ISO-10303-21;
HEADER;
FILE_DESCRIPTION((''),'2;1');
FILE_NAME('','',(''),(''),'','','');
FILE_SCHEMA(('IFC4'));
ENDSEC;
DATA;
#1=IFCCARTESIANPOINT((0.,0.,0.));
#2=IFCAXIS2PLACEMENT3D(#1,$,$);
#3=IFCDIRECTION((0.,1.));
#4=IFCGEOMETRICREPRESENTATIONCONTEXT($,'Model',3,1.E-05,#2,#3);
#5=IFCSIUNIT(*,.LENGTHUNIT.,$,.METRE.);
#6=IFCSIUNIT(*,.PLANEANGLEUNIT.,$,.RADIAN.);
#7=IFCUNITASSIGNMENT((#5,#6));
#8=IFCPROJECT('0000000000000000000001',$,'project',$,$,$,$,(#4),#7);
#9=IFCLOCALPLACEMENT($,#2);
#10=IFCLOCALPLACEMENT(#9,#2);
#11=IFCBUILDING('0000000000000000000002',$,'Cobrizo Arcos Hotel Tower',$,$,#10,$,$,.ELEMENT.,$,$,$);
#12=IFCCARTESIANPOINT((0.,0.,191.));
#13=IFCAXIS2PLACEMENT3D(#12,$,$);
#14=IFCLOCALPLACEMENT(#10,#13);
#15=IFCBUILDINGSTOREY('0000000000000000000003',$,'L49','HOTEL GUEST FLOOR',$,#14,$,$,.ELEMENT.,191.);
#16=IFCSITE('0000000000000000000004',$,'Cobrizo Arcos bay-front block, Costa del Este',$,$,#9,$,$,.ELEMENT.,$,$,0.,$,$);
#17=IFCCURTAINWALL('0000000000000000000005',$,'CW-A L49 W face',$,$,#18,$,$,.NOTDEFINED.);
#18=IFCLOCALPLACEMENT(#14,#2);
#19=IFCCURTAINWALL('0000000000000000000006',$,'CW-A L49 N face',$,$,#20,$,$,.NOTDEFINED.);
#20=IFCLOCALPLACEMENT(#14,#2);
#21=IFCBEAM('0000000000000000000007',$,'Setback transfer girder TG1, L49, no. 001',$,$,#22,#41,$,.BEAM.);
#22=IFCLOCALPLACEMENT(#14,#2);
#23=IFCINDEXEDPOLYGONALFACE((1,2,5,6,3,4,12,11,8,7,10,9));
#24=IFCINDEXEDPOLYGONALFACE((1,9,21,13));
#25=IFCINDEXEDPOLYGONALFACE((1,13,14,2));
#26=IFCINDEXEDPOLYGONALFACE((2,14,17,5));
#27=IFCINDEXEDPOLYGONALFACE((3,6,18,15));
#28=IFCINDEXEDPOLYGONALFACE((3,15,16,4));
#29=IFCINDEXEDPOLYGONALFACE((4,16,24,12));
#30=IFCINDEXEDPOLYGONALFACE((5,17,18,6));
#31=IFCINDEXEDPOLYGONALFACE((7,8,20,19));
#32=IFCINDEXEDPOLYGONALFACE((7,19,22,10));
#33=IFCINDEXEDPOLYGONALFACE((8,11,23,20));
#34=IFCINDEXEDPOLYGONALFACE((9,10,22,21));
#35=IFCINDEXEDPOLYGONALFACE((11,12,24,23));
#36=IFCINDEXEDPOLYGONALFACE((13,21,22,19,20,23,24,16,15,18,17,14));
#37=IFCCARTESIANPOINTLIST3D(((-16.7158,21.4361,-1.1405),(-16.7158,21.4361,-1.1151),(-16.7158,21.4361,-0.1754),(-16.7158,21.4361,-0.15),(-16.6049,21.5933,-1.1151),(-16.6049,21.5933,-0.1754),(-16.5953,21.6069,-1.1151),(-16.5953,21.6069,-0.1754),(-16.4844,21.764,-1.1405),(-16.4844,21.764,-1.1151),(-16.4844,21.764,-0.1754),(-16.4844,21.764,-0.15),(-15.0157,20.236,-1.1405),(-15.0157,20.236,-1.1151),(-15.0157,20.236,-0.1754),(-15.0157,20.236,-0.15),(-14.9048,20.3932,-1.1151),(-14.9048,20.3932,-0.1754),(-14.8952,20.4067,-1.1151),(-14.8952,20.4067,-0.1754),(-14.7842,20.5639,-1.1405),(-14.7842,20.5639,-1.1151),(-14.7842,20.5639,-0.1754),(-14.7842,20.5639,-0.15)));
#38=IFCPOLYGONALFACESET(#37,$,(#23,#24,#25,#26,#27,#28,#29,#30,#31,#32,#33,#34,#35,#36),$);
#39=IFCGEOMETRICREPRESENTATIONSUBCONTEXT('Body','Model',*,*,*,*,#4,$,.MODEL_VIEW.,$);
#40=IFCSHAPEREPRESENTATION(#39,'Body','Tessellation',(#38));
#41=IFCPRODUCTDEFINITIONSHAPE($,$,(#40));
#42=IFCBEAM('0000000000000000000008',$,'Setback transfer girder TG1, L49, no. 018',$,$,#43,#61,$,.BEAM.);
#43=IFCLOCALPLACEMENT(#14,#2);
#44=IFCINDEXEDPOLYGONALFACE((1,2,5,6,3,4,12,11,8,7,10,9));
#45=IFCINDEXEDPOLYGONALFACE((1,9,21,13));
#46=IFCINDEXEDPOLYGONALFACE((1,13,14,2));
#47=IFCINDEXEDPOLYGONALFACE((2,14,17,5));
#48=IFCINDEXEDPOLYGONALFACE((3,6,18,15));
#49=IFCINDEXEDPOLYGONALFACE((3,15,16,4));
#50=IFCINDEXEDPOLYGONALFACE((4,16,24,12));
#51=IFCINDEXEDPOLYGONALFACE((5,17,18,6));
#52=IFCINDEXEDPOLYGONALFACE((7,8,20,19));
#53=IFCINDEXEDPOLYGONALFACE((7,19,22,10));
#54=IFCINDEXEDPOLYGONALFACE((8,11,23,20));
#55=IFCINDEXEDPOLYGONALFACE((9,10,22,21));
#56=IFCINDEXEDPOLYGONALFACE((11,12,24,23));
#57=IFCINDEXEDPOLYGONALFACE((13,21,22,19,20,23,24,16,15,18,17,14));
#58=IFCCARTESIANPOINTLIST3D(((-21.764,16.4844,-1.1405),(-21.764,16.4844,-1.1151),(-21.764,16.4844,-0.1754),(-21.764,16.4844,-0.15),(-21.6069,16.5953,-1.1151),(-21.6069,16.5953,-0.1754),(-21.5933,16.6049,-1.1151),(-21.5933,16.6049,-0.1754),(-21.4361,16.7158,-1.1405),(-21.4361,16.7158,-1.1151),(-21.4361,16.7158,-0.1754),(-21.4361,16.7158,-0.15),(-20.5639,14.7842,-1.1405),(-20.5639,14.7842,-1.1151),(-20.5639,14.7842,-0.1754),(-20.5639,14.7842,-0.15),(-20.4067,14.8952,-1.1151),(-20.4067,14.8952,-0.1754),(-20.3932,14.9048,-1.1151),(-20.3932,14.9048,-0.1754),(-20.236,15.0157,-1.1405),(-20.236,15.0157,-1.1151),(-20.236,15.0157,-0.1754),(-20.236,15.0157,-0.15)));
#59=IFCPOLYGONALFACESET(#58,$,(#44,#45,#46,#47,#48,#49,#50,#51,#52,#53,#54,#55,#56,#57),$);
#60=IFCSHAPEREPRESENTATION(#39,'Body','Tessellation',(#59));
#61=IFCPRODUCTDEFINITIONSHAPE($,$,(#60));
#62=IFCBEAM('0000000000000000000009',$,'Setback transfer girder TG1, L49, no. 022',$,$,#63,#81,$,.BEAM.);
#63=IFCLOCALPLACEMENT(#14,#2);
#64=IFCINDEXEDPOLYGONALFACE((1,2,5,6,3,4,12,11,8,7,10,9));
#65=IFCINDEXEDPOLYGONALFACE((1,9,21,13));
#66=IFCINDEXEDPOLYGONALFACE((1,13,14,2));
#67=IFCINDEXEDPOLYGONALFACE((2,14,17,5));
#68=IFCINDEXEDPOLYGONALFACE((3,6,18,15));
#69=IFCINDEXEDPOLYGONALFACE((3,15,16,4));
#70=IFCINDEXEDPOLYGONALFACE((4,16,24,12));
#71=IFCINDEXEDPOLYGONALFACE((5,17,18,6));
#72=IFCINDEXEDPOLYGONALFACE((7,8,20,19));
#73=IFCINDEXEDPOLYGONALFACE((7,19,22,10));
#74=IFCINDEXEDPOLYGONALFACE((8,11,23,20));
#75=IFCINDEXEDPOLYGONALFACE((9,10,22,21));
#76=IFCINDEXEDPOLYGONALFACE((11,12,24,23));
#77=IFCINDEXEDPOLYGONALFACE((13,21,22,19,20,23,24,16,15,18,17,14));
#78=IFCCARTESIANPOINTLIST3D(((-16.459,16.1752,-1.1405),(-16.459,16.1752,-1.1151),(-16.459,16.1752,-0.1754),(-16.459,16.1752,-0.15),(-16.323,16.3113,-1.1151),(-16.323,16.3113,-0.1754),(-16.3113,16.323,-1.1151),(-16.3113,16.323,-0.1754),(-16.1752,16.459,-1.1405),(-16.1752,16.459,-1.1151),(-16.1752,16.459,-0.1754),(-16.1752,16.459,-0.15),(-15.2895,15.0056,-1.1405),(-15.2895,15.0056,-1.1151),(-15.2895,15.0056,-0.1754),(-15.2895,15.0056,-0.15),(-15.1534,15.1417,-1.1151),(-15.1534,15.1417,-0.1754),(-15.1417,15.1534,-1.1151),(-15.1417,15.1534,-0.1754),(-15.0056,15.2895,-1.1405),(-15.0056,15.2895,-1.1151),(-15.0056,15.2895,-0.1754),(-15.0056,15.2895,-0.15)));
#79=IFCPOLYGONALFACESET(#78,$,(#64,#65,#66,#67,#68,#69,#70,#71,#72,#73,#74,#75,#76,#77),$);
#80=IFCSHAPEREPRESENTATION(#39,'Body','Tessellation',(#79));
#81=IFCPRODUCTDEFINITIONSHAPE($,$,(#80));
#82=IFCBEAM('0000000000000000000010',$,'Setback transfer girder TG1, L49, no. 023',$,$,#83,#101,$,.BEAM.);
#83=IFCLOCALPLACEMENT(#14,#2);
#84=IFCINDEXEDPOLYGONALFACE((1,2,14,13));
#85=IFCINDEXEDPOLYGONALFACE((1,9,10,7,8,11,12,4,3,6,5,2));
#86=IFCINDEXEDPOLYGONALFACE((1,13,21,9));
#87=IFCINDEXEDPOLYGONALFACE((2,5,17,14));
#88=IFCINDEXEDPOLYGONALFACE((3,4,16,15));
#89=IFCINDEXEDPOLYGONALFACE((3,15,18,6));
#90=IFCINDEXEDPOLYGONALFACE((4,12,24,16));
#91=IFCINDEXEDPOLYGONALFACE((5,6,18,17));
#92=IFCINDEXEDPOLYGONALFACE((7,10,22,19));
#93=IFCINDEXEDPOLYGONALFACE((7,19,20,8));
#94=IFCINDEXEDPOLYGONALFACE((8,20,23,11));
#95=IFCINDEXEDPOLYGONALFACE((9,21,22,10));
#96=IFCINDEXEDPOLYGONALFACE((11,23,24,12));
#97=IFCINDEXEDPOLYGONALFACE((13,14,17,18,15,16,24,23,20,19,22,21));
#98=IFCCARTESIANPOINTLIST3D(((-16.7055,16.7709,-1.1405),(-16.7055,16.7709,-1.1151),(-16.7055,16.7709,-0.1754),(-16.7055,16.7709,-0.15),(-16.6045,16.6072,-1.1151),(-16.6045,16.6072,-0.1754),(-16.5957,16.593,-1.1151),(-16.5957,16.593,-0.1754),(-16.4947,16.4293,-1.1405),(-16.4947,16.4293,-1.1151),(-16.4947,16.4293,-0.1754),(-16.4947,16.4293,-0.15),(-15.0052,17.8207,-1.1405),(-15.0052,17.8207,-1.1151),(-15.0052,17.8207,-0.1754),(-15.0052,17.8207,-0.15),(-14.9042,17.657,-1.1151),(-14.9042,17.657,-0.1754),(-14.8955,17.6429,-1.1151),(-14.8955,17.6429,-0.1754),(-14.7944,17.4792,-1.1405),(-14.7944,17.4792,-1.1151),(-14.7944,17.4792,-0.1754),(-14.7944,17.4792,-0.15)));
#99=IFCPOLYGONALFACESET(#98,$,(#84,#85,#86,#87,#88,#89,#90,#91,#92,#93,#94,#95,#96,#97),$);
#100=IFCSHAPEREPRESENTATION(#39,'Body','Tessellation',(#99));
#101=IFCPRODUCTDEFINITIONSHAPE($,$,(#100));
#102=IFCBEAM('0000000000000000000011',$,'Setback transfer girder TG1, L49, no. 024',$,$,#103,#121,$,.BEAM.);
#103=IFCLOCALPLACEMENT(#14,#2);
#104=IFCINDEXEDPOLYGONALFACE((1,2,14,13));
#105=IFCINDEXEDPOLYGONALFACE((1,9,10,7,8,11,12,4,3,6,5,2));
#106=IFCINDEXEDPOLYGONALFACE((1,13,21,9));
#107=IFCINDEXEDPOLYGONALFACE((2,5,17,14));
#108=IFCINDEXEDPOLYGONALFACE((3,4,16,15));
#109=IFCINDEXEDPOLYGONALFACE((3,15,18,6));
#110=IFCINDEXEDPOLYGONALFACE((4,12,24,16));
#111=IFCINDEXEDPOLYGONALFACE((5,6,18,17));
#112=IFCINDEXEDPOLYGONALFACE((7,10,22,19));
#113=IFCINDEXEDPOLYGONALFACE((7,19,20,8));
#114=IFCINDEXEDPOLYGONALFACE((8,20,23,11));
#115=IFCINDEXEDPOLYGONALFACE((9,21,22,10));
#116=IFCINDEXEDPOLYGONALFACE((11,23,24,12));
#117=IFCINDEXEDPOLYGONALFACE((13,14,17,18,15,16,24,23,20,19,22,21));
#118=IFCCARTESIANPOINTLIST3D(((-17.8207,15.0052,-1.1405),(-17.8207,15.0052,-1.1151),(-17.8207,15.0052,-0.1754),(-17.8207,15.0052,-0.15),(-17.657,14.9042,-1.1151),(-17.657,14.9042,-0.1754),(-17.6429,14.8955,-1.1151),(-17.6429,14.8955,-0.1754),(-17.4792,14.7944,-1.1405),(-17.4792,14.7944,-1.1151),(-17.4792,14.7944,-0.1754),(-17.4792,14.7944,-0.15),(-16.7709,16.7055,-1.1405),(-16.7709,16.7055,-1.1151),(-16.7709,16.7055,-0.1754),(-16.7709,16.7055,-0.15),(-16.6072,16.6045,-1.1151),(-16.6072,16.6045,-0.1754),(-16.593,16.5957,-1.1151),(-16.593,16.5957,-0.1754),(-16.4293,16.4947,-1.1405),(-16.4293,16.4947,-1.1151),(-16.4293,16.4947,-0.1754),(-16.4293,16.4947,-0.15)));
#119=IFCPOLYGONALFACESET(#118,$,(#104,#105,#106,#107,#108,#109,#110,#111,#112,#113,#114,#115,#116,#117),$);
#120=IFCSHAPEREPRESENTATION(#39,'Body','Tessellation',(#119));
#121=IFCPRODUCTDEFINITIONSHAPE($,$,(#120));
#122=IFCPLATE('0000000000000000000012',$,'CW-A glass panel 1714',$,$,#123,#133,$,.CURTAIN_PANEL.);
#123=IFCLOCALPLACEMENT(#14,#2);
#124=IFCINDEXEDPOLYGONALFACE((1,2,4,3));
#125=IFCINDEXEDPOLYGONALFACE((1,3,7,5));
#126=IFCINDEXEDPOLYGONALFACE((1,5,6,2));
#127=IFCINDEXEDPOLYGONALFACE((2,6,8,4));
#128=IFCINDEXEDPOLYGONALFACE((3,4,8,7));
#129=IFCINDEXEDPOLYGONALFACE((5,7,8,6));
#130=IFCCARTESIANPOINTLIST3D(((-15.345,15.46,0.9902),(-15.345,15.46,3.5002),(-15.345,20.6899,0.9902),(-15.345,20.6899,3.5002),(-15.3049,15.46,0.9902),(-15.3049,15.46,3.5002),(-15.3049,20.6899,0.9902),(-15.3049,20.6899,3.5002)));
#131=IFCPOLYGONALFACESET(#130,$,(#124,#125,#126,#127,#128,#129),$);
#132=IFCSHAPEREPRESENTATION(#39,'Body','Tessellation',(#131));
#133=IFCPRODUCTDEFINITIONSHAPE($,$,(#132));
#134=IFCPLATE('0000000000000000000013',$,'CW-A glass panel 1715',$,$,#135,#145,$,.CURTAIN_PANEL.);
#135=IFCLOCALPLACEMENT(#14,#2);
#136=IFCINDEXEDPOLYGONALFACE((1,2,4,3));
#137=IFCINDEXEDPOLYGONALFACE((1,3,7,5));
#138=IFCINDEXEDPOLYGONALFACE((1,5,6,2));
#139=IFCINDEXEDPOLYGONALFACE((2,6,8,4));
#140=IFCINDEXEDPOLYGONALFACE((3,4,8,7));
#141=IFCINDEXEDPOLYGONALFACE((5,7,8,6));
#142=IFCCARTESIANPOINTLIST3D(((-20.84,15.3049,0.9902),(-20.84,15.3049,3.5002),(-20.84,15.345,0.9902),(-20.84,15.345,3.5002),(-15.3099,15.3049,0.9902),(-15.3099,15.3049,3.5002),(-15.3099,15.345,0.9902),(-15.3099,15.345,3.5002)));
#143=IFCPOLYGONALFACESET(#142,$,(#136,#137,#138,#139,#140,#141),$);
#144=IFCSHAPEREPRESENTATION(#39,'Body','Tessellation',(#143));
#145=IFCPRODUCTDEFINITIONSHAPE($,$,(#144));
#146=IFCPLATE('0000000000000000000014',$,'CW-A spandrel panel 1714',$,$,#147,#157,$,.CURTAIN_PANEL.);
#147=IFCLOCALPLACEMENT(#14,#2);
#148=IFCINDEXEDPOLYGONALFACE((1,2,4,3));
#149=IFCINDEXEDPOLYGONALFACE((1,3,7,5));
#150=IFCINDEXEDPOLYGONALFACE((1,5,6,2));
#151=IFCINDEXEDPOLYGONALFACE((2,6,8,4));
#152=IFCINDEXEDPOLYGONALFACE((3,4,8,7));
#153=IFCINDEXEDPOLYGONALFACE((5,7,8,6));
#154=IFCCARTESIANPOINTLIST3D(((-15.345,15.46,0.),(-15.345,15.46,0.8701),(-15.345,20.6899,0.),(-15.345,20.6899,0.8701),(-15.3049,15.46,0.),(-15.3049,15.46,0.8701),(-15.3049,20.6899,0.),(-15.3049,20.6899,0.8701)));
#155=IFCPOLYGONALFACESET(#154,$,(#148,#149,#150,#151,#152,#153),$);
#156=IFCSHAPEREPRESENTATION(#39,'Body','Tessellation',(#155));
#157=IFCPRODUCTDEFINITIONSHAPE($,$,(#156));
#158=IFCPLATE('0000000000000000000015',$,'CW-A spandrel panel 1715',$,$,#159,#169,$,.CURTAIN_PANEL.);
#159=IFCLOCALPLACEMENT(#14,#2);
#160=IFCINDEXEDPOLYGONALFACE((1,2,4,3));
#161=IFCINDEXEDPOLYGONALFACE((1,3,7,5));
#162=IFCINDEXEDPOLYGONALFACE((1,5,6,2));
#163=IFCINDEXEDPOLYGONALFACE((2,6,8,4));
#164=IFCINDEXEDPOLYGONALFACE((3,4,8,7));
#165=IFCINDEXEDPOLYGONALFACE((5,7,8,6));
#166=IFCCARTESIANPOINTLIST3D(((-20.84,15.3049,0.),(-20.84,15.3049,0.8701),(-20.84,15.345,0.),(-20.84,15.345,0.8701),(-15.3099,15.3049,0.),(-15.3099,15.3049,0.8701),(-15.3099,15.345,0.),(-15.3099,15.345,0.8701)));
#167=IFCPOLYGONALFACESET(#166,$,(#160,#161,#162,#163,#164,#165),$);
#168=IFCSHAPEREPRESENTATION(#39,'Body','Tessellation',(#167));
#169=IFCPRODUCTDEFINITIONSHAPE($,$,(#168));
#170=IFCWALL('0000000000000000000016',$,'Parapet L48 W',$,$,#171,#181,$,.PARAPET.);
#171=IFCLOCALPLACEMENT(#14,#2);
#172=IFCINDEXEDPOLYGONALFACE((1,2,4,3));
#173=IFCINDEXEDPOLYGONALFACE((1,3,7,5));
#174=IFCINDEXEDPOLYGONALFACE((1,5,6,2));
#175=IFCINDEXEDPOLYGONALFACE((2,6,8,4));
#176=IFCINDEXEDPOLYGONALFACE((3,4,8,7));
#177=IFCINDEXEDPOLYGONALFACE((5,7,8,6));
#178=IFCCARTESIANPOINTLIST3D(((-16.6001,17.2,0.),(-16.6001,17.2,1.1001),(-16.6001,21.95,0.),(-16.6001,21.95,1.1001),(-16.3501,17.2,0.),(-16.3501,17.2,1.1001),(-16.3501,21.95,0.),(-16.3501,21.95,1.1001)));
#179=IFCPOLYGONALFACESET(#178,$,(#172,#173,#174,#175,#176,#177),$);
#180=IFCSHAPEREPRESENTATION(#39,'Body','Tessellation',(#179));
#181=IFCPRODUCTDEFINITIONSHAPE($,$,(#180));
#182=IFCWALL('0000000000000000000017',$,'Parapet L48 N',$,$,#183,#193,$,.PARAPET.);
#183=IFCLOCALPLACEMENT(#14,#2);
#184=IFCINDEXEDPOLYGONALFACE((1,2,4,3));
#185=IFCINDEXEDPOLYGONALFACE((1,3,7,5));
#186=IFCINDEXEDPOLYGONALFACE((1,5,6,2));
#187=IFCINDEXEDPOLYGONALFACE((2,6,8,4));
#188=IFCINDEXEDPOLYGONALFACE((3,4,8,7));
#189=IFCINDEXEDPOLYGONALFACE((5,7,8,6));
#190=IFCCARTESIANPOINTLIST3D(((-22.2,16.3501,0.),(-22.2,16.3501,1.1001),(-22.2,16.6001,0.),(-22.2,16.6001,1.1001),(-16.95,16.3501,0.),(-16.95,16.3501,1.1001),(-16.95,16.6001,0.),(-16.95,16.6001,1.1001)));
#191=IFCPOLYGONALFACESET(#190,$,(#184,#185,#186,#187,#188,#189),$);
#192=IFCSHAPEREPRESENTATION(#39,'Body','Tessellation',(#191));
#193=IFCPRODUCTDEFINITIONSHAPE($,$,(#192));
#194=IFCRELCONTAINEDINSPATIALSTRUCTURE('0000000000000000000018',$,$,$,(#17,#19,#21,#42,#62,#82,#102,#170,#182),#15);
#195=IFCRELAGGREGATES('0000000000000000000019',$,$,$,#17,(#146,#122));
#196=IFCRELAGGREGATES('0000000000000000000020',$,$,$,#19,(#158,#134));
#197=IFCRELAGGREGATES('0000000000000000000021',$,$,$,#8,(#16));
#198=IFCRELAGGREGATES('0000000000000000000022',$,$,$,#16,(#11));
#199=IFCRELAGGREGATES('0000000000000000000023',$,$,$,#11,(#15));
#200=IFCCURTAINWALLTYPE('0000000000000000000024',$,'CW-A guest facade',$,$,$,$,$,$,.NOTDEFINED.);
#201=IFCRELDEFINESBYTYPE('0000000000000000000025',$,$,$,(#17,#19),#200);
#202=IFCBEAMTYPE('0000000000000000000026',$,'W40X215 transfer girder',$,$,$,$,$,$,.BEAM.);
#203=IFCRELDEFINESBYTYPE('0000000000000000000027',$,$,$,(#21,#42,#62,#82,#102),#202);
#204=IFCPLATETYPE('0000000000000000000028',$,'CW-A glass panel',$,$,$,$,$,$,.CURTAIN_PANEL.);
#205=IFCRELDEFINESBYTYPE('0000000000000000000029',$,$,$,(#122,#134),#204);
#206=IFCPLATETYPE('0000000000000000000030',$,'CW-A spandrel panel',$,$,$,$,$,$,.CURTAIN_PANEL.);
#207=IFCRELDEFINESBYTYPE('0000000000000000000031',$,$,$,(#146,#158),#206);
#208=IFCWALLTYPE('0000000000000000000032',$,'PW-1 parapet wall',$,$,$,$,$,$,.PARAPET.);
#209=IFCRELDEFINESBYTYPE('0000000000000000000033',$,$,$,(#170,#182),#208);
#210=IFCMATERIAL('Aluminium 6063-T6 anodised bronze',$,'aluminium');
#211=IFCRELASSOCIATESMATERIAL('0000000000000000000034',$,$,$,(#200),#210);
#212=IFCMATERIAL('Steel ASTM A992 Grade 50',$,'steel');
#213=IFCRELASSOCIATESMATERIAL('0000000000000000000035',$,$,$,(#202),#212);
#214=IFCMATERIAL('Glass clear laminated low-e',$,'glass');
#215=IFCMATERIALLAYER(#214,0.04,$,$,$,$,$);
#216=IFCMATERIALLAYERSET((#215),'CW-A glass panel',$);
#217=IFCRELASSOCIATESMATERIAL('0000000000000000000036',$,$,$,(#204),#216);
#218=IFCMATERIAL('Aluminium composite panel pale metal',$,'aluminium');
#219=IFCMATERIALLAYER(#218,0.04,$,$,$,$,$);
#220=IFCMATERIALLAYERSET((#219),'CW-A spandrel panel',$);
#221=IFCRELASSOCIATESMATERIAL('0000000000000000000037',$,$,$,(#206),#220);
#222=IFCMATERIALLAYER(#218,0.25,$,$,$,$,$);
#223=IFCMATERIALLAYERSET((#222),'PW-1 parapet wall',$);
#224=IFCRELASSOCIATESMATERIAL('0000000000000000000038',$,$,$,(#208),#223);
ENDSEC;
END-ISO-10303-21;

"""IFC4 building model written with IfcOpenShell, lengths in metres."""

from ifc_helpers import new_model, si_unit, direction, frame, frame_2d, origin, origin_2d, place, context, subcontext, project, spatial, rectangle, i_section, extrude, material, layer, layer_set, material_profile, profile_set, type_object, element, aggregate, save


model = new_model("IFC4")

# Units and contexts
model_context = context("Model", 3, precision=1e-05, world=origin(), true_north=direction((0.0, 1.0)))
body_context = subcontext(model_context, "Body", "Model", "MODEL_VIEW")
ifc_project = project(units=[si_unit("LENGTHUNIT", "METRE"), si_unit("PLANEANGLEUNIT", "RADIAN")], contexts=[model_context])

# Site, building, storey
site_placement = place(None, origin())
site = spatial("IfcSite", under=ifc_project, at=site_placement, Name="Cobrizo Arcos bay-front block, Costa del Este", CompositionType="ELEMENT", RefElevation=0.0)
building_placement = place(site_placement, origin())
building = spatial("IfcBuilding", under=site, at=building_placement, Name="Cobrizo Arcos Hotel Tower", CompositionType="ELEMENT")
storey_placement = place(building_placement, frame((0.0, 0.0, 191.0)))
storey = spatial("IfcBuildingStorey", under=building, at=storey_placement, Name="L49", Description="HOTEL GUEST FLOOR", CompositionType="ELEMENT", Elevation=191.0)

# Curtain walls
ifc_material_1 = material(Name="Aluminium 6063-T6 anodised bronze", Category="aluminium")
curtain_wall_type = type_object("IfcCurtainWallType", Name="CW-A guest facade", PredefinedType="NOTDEFINED", material=ifc_material_1)
curtain_wall_1_placement = place(storey_placement, origin())
curtain_wall_1 = element("IfcCurtainWall", 1, at=curtain_wall_1_placement, inside=storey, type_object=curtain_wall_type, Name="CW-A L49 W face", PredefinedType="NOTDEFINED")
curtain_wall_2_placement = place(storey_placement, origin())
curtain_wall_2 = element("IfcCurtainWall", 2, at=curtain_wall_2_placement, inside=storey, type_object=curtain_wall_type, Name="CW-A L49 N face", PredefinedType="NOTDEFINED")

# Beams
ifc_material_2 = material(Name="Steel ASTM A992 Grade 50", Category="steel")
ifc_material_profile_1 = material_profile(ifc_material_2, i_section(OverallWidth=0.4014, OverallDepth=0.9905, WebThickness=0.0166, FlangeThickness=0.0254, at=origin_2d()), Name="W40X215")
ifc_profile_set_1 = profile_set([ifc_material_profile_1], Name="Steel ASTM A992 Grade 50")
beam_type_1 = type_object("IfcBeamType", Name="W40X215 transfer girder", PredefinedType="BEAM", material=ifc_profile_set_1)
for number, where, z_axis, x_axis, name in (
    (3, (-16.6001, 21.6001, -0.6453), (0.816955, -0.576702, 0.0), (0.576702, 0.816955, 0.0), "Setback transfer girder TG1, L49, no. 001"),
    (4, (-21.6001, 16.6001, -0.6453), (0.576702, -0.816955, 0.0), (0.816955, 0.576702, 0.0), "Setback transfer girder TG1, L49, no. 018"),
):
    element("IfcBeam", number, at=place(storey_placement, frame(where, z_axis=z_axis, x_axis=x_axis)), inside=storey, type_object=beam_type_1, Name=name, PredefinedType="BEAM", context=body_context, shape_type="SweptSolid", body=[
        extrude(i_section(OverallWidth=0.4014, OverallDepth=0.9905, WebThickness=0.0166, FlangeThickness=0.0254, at=origin_2d()), origin(), (0.0, 0.0, 1.0), 2.0811),
    ])
beam_1_placement = place(storey_placement, frame((-16.3171, 16.3171, -0.6453), z_axis=(0.707107, -0.707107, 0.0), x_axis=(0.707107, 0.707107, 0.0)))
element("IfcBeam", 5, at=beam_1_placement, inside=storey, type_object=beam_type_1, Name="Setback transfer girder TG1, L49, no. 022", PredefinedType="BEAM", context=body_context, shape_type="SweptSolid", body=[
    extrude(i_section(OverallWidth=0.4014, OverallDepth=0.9905, WebThickness=0.0166, FlangeThickness=0.0254, at=origin_2d()), origin(), (0.0, 0.0, 1.0), 1.6541),
])
for number, where, z_axis, x_axis, name in (
    (6, (-16.6001, 16.6001, -0.6453), (0.850869, 0.525378, 0.0), (-0.525378, 0.850869, 0.0), "Setback transfer girder TG1, L49, no. 023"),
    (7, (-16.6001, 16.6001, -0.6453), (-0.525378, -0.850869, 0.0), (0.850869, -0.525378, 0.0), "Setback transfer girder TG1, L49, no. 024"),
):
    element("IfcBeam", number, at=place(storey_placement, frame(where, z_axis=z_axis, x_axis=x_axis)), inside=storey, type_object=beam_type_1, Name=name, PredefinedType="BEAM", context=body_context, shape_type="SweptSolid", body=[
        extrude(i_section(OverallWidth=0.4014, OverallDepth=0.9905, WebThickness=0.0166, FlangeThickness=0.0254, at=origin_2d()), origin(), (0.0, 0.0, 1.0), 1.9983),
    ])

# Plates
ifc_material_3 = material(Name="Glass clear laminated low-e", Category="glass")
ifc_layer_1 = layer(ifc_material_3, 0.04)
ifc_layer_set_1 = layer_set([ifc_layer_1], Name="CW-A glass panel")
plate_type_1 = type_object("IfcPlateType", Name="CW-A glass panel", PredefinedType="CURTAIN_PANEL", material=ifc_layer_set_1)
plate_1_placement = place(storey_placement, frame((-15.325, 18.075, 0.9902), z_axis=(0.0, 0.0, 1.0), x_axis=(0.0, -1.0, 0.0)))
plate_1 = element("IfcPlate", 8, at=plate_1_placement, type_object=plate_type_1, Name="CW-A glass panel 1714", PredefinedType="CURTAIN_PANEL", context=body_context, shape_type="SweptSolid", body=[
    extrude(rectangle(XDim=5.23, YDim=0.04, at=origin_2d()), origin(), (0.0, 0.0, 1.0), 2.51),
])
plate_2_placement = place(storey_placement, frame((-18.075, 15.325, 0.9902), z_axis=(0.0, 0.0, 1.0), x_axis=(-1.0, 0.0, 0.0)))
plate_2 = element("IfcPlate", 9, at=plate_2_placement, type_object=plate_type_1, Name="CW-A glass panel 1715", PredefinedType="CURTAIN_PANEL", context=body_context, shape_type="SweptSolid", body=[
    extrude(rectangle(XDim=5.53, YDim=0.04, at=origin_2d()), origin(), (0.0, 0.0, 1.0), 2.51),
])
ifc_material_4 = material(Name="Aluminium composite panel pale metal", Category="aluminium")
ifc_layer_2 = layer(ifc_material_4, 0.04)
ifc_layer_set_2 = layer_set([ifc_layer_2], Name="CW-A spandrel panel")
plate_type_2 = type_object("IfcPlateType", Name="CW-A spandrel panel", PredefinedType="CURTAIN_PANEL", material=ifc_layer_set_2)
plate_3_placement = place(storey_placement, frame((-15.325, 18.075, 0.0), z_axis=(0.0, 0.0, 1.0), x_axis=(0.0, -1.0, 0.0)))
plate_3 = element("IfcPlate", 10, at=plate_3_placement, type_object=plate_type_2, Name="CW-A spandrel panel 1714", PredefinedType="CURTAIN_PANEL", context=body_context, shape_type="SweptSolid", body=[
    extrude(rectangle(XDim=5.23, YDim=0.04, at=origin_2d()), origin(), (0.0, 0.0, 1.0), 0.8701),
])
aggregate(curtain_wall_1, [plate_3, plate_1])
plate_4_placement = place(storey_placement, frame((-18.075, 15.325, 0.0), z_axis=(0.0, 0.0, 1.0), x_axis=(-1.0, 0.0, 0.0)))
plate_4 = element("IfcPlate", 11, at=plate_4_placement, type_object=plate_type_2, Name="CW-A spandrel panel 1715", PredefinedType="CURTAIN_PANEL", context=body_context, shape_type="SweptSolid", body=[
    extrude(rectangle(XDim=5.53, YDim=0.04, at=origin_2d()), origin(), (0.0, 0.0, 1.0), 0.8701),
])
aggregate(curtain_wall_2, [plate_4, plate_2])

# Walls
ifc_layer_3 = layer(ifc_material_4, 0.25)
ifc_layer_set_3 = layer_set([ifc_layer_3], Name="PW-1 parapet wall")
wall_type = type_object("IfcWallType", Name="PW-1 parapet wall", PredefinedType="PARAPET", material=ifc_layer_set_3)
wall_1_placement = place(storey_placement, frame((-16.4751, 21.95, 0.0), z_axis=(0.0, 0.0, 1.0), x_axis=(0.0, -1.0, 0.0)))
element("IfcWall", 12, at=wall_1_placement, inside=storey, type_object=wall_type, Name="Parapet L48 W", PredefinedType="PARAPET", context=body_context, shape_type="SweptSolid", body=[
    extrude(rectangle(XDim=4.75, YDim=0.25, at=frame_2d((2.375, 0.0))), origin(), (0.0, 0.0, 1.0), 1.1001),
])
wall_2_placement = place(storey_placement, frame((-16.95, 16.4751, 0.0), z_axis=(0.0, 0.0, 1.0), x_axis=(-1.0, 0.0, 0.0)))
element("IfcWall", 13, at=wall_2_placement, inside=storey, type_object=wall_type, Name="Parapet L48 N", PredefinedType="PARAPET", context=body_context, shape_type="SweptSolid", body=[
    extrude(rectangle(XDim=5.25, YDim=0.25, at=frame_2d((2.625, 0.0))), origin(), (0.0, 0.0, 1.0), 1.1001),
])

save(model, "model.ifc")
